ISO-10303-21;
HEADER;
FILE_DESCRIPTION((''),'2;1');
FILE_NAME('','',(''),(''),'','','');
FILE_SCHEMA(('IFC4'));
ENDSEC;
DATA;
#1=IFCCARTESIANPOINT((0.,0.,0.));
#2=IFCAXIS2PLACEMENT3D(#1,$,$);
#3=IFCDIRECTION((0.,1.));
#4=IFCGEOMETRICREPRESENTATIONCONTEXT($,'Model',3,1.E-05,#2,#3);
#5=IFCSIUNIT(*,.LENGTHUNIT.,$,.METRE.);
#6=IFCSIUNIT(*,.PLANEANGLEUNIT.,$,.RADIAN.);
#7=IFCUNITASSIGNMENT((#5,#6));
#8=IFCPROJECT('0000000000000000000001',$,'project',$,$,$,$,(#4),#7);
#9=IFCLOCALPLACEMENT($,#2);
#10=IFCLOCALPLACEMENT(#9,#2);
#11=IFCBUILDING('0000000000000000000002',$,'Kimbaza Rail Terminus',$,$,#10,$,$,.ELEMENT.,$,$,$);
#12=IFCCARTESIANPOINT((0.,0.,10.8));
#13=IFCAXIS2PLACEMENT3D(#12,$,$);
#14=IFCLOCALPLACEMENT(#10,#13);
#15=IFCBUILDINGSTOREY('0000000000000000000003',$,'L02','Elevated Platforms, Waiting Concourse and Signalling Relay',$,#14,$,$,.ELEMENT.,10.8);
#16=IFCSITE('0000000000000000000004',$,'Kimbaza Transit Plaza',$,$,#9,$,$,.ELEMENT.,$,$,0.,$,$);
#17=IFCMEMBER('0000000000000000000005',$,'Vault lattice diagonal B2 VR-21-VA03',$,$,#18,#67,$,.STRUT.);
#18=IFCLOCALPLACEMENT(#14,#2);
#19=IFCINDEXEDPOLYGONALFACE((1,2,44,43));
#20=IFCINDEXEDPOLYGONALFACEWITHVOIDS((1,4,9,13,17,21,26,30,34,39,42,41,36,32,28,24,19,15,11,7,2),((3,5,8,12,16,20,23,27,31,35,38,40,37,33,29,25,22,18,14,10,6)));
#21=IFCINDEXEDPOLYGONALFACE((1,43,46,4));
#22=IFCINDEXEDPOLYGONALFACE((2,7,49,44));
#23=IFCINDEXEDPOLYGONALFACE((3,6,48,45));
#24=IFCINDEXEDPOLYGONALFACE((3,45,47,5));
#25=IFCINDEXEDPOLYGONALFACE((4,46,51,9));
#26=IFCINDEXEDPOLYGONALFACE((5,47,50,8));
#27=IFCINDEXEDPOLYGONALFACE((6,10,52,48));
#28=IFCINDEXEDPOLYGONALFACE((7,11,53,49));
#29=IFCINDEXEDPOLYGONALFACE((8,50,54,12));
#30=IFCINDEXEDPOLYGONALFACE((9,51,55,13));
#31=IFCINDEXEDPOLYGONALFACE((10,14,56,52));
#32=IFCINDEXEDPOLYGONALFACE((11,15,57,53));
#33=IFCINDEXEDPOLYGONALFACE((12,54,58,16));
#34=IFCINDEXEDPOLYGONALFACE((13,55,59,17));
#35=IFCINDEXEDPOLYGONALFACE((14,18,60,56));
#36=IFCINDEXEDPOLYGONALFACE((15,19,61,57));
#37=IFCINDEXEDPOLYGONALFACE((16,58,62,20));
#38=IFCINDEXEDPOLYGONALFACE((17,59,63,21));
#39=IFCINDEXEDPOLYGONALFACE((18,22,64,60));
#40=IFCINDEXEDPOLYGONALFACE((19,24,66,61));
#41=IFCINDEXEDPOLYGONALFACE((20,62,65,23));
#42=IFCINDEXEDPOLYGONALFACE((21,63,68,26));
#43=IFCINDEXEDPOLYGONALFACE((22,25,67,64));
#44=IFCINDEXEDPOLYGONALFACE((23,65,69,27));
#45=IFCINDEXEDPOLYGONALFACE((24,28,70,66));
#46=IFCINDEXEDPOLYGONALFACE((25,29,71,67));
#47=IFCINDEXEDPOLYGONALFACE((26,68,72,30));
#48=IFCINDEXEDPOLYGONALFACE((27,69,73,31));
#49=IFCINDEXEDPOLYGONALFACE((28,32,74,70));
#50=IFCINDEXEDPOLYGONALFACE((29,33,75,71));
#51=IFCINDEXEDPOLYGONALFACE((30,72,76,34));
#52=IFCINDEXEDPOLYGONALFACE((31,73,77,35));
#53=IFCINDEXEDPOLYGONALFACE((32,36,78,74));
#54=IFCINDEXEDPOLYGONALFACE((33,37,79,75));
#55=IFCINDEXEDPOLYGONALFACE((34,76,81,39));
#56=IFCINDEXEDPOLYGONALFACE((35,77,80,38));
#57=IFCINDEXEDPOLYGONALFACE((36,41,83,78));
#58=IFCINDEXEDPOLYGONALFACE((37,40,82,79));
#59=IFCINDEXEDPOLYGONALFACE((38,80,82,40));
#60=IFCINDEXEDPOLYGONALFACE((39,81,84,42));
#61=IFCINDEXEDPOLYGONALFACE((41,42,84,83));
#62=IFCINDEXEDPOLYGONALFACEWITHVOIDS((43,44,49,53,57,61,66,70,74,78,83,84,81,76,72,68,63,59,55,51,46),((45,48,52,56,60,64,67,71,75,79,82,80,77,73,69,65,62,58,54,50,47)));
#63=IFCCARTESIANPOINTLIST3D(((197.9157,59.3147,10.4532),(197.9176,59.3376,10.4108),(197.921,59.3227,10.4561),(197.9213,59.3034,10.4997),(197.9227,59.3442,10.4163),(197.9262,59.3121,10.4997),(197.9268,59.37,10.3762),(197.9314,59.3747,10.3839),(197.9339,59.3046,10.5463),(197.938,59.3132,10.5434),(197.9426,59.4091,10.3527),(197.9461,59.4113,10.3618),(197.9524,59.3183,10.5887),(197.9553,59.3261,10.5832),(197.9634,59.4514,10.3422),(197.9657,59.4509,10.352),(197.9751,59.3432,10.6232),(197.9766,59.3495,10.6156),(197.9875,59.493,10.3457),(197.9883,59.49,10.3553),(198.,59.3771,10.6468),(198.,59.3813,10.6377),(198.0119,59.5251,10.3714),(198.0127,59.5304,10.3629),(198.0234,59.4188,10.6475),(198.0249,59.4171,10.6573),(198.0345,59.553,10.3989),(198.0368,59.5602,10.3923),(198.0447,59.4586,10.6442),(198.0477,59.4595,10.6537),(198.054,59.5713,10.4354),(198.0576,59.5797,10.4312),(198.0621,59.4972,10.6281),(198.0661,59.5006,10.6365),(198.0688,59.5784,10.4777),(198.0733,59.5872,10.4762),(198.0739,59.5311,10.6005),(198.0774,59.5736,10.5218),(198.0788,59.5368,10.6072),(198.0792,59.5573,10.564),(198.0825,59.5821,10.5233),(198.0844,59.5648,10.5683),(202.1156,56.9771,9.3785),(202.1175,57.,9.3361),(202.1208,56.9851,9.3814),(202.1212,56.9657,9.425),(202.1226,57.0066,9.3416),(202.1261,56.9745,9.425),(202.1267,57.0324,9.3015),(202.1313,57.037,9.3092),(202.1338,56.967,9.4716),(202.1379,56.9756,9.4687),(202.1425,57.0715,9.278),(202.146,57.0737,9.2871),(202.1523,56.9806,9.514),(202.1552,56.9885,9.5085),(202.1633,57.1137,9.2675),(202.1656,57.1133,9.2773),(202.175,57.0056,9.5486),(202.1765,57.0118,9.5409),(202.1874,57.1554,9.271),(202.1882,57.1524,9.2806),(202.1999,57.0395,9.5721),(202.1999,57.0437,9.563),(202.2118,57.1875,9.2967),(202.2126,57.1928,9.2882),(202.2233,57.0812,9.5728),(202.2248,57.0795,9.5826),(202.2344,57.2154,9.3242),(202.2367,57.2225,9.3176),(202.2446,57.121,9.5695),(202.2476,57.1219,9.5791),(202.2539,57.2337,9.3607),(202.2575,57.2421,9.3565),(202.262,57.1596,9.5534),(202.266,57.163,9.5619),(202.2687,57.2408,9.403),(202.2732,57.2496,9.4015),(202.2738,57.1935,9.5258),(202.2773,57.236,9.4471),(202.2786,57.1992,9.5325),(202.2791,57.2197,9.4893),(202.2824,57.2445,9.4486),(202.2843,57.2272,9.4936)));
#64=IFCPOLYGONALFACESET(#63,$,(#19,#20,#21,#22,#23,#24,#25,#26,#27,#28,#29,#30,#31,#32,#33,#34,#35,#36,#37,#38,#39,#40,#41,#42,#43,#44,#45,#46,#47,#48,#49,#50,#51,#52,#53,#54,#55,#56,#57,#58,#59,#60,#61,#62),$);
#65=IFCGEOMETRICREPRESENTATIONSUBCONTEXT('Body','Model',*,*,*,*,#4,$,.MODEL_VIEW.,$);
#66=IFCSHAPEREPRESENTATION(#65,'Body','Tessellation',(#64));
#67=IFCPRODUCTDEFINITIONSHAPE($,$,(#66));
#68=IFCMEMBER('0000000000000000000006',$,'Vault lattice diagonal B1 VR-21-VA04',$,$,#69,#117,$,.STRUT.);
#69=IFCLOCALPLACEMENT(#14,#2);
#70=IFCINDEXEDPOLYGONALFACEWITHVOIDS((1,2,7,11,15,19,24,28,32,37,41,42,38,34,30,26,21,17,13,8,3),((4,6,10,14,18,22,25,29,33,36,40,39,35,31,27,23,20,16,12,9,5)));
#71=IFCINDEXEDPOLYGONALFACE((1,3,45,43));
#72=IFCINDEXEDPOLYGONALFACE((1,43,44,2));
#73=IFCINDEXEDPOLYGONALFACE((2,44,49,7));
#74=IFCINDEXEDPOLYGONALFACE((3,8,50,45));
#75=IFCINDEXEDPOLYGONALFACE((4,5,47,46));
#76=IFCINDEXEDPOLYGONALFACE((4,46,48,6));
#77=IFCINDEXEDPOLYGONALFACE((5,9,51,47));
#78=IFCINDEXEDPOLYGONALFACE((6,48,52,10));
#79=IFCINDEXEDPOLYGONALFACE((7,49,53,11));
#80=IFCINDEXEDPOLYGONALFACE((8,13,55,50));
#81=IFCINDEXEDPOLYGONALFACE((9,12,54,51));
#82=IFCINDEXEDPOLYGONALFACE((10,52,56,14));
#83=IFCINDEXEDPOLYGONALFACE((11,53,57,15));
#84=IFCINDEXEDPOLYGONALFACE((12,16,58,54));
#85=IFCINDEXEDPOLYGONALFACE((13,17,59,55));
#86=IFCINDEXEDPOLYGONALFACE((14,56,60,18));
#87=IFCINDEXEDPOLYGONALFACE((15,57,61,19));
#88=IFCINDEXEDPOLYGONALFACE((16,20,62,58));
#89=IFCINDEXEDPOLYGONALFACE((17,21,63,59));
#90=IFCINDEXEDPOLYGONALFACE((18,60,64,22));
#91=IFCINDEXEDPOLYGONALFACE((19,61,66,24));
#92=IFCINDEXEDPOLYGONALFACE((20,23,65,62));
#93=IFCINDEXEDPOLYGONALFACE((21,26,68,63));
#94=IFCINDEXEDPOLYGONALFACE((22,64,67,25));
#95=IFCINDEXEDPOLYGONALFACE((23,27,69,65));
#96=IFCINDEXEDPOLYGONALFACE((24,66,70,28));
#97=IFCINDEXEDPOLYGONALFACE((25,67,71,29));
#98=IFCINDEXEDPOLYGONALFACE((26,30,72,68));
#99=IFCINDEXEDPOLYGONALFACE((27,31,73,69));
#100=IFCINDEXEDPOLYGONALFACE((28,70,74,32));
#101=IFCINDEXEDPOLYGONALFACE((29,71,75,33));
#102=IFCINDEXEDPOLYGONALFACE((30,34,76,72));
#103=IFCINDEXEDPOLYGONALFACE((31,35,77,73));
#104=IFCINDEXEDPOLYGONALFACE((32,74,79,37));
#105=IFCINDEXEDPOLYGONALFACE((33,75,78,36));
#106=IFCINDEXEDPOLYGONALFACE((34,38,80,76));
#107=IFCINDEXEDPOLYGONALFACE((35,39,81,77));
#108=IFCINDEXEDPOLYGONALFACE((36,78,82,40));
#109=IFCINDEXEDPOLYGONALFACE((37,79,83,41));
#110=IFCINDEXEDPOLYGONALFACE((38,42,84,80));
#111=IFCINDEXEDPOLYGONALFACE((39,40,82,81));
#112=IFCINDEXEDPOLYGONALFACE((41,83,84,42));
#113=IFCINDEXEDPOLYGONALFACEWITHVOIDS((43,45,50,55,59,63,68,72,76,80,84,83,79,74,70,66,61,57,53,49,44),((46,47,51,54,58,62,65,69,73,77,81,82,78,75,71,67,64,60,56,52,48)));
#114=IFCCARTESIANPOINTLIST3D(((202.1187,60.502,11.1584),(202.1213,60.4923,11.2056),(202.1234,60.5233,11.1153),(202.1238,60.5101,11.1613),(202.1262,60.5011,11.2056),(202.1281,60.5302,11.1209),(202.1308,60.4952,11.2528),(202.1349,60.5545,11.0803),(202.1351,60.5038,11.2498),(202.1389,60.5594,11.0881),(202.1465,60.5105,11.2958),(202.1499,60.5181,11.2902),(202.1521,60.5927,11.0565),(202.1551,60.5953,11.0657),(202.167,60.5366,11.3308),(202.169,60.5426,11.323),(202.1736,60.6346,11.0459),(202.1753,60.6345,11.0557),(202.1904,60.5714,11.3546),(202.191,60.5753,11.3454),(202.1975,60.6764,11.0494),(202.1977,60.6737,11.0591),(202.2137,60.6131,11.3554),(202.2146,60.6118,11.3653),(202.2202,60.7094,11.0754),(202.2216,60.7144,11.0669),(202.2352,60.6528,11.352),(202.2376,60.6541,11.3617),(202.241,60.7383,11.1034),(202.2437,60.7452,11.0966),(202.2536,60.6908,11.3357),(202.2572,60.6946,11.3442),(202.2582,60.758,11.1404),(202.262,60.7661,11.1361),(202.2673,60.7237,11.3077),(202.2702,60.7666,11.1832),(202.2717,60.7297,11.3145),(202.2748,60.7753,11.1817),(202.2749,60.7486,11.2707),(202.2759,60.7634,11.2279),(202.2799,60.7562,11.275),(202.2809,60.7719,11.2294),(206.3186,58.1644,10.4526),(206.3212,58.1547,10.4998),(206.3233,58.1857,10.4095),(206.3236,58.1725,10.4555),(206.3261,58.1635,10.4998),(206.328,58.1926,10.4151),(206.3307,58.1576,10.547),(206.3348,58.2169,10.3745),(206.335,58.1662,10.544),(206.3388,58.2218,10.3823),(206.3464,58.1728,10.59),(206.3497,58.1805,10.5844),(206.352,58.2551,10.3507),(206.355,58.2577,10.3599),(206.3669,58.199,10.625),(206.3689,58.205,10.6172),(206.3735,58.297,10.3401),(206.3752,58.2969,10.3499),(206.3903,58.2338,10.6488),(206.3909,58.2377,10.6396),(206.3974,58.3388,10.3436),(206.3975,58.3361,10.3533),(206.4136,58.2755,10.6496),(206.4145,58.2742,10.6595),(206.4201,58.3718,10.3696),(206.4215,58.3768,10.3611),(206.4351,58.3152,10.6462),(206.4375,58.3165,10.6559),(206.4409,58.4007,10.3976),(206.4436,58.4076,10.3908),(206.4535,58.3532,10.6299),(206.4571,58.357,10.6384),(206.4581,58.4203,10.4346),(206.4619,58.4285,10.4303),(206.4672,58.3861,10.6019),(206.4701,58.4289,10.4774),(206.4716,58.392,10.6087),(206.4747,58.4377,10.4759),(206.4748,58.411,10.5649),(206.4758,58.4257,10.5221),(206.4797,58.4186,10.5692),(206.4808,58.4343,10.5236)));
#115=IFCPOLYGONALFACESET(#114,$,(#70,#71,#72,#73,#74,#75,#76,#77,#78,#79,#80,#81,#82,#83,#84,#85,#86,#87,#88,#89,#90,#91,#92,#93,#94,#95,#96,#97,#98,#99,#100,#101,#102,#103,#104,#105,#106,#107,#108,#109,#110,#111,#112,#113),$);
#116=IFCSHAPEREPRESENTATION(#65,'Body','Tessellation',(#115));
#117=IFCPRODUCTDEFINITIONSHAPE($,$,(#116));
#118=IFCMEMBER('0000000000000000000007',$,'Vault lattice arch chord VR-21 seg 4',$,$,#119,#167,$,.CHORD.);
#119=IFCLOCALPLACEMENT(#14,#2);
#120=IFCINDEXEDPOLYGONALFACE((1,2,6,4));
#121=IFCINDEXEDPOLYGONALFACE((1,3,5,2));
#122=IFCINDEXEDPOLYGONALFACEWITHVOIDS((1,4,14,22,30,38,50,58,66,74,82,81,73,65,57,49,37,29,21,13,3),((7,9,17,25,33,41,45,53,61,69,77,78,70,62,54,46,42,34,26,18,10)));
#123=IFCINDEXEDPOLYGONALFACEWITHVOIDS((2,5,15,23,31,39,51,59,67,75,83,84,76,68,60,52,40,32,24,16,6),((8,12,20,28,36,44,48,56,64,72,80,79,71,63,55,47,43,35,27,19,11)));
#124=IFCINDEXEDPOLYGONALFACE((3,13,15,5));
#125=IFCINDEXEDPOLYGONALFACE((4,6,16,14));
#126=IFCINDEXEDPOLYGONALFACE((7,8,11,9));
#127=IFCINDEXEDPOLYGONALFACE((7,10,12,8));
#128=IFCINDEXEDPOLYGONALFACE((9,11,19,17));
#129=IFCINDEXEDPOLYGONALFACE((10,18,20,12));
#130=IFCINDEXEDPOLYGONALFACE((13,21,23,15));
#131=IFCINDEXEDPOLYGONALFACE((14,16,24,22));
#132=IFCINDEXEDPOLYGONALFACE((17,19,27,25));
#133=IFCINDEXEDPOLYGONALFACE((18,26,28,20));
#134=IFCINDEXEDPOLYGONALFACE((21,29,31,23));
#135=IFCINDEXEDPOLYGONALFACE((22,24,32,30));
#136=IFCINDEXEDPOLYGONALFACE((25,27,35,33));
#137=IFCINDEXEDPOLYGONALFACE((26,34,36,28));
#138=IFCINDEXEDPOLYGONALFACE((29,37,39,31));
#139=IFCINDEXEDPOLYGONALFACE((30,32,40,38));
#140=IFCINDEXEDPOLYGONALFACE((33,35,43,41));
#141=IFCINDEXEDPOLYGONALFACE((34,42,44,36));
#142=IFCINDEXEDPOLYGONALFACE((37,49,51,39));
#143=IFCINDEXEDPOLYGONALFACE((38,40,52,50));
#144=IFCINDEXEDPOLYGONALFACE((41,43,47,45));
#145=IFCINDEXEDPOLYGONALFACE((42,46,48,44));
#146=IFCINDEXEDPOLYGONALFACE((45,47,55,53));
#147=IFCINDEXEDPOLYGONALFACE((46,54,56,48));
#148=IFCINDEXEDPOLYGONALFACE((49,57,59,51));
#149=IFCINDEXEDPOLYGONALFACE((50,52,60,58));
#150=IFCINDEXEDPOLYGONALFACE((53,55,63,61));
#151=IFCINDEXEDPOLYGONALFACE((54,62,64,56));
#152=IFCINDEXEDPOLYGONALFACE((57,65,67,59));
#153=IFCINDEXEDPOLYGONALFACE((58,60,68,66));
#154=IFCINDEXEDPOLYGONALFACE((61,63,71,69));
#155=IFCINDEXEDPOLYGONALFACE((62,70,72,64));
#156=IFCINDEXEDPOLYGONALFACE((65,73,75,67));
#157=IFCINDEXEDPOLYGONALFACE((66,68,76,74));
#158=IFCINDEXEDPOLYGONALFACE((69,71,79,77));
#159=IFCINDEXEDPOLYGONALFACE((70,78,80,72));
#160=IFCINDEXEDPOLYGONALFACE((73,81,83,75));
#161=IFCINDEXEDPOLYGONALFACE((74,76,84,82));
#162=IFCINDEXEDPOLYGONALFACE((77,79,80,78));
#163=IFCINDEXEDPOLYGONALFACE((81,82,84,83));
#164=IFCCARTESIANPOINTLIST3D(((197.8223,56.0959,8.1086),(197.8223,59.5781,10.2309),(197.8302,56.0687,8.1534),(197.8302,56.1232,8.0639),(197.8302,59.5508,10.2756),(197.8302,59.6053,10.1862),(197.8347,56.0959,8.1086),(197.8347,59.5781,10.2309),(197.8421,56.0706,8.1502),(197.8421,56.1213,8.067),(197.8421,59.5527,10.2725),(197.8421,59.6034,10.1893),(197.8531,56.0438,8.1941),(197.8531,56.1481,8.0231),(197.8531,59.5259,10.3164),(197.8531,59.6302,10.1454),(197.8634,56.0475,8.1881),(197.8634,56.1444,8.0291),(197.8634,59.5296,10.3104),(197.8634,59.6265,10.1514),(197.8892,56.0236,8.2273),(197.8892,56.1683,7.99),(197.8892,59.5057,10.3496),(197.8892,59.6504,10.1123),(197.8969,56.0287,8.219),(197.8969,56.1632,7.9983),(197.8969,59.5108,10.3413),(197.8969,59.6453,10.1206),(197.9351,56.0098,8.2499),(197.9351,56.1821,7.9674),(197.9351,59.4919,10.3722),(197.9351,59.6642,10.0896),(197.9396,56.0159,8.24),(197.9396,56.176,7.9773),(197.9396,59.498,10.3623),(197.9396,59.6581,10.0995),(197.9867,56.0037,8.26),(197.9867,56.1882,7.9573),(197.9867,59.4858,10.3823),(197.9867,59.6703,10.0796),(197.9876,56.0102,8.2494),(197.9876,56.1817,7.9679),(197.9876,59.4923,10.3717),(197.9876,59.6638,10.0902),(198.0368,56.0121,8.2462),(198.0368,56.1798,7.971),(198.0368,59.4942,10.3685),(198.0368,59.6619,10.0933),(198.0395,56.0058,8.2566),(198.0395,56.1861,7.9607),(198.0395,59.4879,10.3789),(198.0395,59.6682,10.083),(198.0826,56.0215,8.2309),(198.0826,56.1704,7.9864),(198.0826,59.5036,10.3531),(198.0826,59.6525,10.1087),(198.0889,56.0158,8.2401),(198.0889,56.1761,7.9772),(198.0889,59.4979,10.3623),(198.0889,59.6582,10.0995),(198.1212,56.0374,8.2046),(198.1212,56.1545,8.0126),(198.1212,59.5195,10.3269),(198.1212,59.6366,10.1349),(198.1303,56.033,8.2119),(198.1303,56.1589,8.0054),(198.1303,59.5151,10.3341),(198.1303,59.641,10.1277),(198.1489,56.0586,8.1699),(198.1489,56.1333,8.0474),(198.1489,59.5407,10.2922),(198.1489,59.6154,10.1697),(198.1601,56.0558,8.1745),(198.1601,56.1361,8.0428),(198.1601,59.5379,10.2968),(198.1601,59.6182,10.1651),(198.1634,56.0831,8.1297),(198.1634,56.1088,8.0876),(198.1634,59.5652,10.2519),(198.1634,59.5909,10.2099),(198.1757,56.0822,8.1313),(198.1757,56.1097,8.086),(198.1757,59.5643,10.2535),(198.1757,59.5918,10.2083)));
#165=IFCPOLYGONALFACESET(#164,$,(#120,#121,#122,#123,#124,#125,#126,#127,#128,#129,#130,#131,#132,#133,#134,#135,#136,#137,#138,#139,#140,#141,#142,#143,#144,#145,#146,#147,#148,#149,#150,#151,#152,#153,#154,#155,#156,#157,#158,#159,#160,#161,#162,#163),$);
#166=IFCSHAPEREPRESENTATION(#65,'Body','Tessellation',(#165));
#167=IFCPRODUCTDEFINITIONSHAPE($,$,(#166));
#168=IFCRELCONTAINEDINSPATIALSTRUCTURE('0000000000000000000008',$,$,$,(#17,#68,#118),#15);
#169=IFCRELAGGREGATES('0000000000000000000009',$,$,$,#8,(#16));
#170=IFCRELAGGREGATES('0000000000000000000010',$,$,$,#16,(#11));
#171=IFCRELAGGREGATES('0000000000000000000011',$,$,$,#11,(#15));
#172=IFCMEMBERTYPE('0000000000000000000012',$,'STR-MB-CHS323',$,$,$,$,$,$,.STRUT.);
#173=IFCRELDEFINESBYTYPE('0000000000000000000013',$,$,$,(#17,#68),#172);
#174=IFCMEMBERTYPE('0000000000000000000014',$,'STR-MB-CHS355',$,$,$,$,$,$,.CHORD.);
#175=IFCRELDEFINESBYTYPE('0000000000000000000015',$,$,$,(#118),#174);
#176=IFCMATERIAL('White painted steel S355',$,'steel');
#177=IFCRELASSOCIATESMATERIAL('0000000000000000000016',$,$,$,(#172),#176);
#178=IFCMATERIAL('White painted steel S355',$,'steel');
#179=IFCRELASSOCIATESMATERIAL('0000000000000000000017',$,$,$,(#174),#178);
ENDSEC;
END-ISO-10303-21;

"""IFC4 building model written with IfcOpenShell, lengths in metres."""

from ifc_helpers import new_model, si_unit, direction, frame, origin, origin_2d, place, context, subcontext, project, spatial, hollow_circle, extrude, material, material_profile, profile_set, type_object, element, save


model = new_model("IFC4")

# Units and contexts
model_context = context("Model", 3, precision=1e-05, world=origin(), true_north=direction((0.0, 1.0)))
body_context = subcontext(model_context, "Body", "Model", "MODEL_VIEW")
ifc_project = project(units=[si_unit("LENGTHUNIT", "METRE"), si_unit("PLANEANGLEUNIT", "RADIAN")], contexts=[model_context])

# Site, building, storey
site_placement = place(None, origin())
site = spatial("IfcSite", under=ifc_project, at=site_placement, Name="Kimbaza Transit Plaza", CompositionType="ELEMENT", RefElevation=0.0)
building_placement = place(site_placement, origin())
building = spatial("IfcBuilding", under=site, at=building_placement, Name="Kimbaza Rail Terminus", CompositionType="ELEMENT")
storey_placement = place(building_placement, frame((0.0, 0.0, 10.8)))
storey = spatial("IfcBuildingStorey", under=building, at=storey_placement, Name="L02", Description="Elevated Platforms, Waiting Concourse and Signalling Relay", CompositionType="ELEMENT", Elevation=10.8)

# Members
ifc_material_1 = material(Name="White painted steel S355", Category="steel")
ifc_material_profile_1 = material_profile(ifc_material_1, hollow_circle(Radius=0.1619, WallThickness=0.01, at=origin_2d()), Name="CHS 323.9x10")
ifc_profile_set_1 = profile_set([ifc_material_profile_1], Name="White painted steel S355")
member_type_1 = type_object("IfcMemberType", Name="STR-MB-CHS323", PredefinedType="STRUT", material=ifc_profile_set_1)
member_1_placement = place(storey_placement, frame((202.2, 57.1072, 9.425), z_axis=(-0.85272, 0.474614, 0.218199), x_axis=(-0.486333, -0.873774, 0.0)))
element("IfcMember", 1, at=member_1_placement, inside=storey, type_object=member_type_1, Name="Vault lattice diagonal B2 VR-21-VA03", PredefinedType="STRUT", context=body_context, shape_type="SweptSolid", body=[
    extrude(hollow_circle(Radius=0.1619, WallThickness=0.01, at=origin_2d()), origin(), (0.0, 0.0, 1.0), 4.9253),
])
member_2_placement = place(storey_placement, frame((206.3999, 58.2961, 10.4998), z_axis=(-0.864503, 0.481173, 0.145282), x_axis=(-0.486333, -0.873774, 0.0)))
element("IfcMember", 2, at=member_2_placement, inside=storey, type_object=member_type_1, Name="Vault lattice diagonal B1 VR-21-VA04", PredefinedType="STRUT", context=body_context, shape_type="SweptSolid", body=[
    extrude(hollow_circle(Radius=0.1619, WallThickness=0.01, at=origin_2d()), origin(), (0.0, 0.0, 1.0), 4.8582),
])
ifc_material_2 = material(Name="White painted steel S355", Category="steel")
ifc_material_profile_2 = material_profile(ifc_material_2, hollow_circle(Radius=0.1777, WallThickness=0.0125, at=origin_2d()), Name="CHS 355.6x12.5")
ifc_profile_set_2 = profile_set([ifc_material_profile_2], Name="White painted steel S355")
member_type_2 = type_object("IfcMemberType", Name="STR-MB-CHS355", PredefinedType="CHORD", material=ifc_profile_set_2)
member_3_placement = place(storey_placement, frame((198.0, 56.0959, 8.1086), z_axis=(0.0, 0.853901, 0.520435), x_axis=(-1.0, 0.0, 0.0)))
element("IfcMember", 3, at=member_3_placement, inside=storey, type_object=member_type_2, Name="Vault lattice arch chord VR-21 seg 4", PredefinedType="CHORD", context=body_context, shape_type="SweptSolid", body=[
    extrude(hollow_circle(Radius=0.1777, WallThickness=0.0125, at=origin_2d()), origin(), (0.0, 0.0, 1.0), 4.0779),
])

save(model, "model.ifc")
